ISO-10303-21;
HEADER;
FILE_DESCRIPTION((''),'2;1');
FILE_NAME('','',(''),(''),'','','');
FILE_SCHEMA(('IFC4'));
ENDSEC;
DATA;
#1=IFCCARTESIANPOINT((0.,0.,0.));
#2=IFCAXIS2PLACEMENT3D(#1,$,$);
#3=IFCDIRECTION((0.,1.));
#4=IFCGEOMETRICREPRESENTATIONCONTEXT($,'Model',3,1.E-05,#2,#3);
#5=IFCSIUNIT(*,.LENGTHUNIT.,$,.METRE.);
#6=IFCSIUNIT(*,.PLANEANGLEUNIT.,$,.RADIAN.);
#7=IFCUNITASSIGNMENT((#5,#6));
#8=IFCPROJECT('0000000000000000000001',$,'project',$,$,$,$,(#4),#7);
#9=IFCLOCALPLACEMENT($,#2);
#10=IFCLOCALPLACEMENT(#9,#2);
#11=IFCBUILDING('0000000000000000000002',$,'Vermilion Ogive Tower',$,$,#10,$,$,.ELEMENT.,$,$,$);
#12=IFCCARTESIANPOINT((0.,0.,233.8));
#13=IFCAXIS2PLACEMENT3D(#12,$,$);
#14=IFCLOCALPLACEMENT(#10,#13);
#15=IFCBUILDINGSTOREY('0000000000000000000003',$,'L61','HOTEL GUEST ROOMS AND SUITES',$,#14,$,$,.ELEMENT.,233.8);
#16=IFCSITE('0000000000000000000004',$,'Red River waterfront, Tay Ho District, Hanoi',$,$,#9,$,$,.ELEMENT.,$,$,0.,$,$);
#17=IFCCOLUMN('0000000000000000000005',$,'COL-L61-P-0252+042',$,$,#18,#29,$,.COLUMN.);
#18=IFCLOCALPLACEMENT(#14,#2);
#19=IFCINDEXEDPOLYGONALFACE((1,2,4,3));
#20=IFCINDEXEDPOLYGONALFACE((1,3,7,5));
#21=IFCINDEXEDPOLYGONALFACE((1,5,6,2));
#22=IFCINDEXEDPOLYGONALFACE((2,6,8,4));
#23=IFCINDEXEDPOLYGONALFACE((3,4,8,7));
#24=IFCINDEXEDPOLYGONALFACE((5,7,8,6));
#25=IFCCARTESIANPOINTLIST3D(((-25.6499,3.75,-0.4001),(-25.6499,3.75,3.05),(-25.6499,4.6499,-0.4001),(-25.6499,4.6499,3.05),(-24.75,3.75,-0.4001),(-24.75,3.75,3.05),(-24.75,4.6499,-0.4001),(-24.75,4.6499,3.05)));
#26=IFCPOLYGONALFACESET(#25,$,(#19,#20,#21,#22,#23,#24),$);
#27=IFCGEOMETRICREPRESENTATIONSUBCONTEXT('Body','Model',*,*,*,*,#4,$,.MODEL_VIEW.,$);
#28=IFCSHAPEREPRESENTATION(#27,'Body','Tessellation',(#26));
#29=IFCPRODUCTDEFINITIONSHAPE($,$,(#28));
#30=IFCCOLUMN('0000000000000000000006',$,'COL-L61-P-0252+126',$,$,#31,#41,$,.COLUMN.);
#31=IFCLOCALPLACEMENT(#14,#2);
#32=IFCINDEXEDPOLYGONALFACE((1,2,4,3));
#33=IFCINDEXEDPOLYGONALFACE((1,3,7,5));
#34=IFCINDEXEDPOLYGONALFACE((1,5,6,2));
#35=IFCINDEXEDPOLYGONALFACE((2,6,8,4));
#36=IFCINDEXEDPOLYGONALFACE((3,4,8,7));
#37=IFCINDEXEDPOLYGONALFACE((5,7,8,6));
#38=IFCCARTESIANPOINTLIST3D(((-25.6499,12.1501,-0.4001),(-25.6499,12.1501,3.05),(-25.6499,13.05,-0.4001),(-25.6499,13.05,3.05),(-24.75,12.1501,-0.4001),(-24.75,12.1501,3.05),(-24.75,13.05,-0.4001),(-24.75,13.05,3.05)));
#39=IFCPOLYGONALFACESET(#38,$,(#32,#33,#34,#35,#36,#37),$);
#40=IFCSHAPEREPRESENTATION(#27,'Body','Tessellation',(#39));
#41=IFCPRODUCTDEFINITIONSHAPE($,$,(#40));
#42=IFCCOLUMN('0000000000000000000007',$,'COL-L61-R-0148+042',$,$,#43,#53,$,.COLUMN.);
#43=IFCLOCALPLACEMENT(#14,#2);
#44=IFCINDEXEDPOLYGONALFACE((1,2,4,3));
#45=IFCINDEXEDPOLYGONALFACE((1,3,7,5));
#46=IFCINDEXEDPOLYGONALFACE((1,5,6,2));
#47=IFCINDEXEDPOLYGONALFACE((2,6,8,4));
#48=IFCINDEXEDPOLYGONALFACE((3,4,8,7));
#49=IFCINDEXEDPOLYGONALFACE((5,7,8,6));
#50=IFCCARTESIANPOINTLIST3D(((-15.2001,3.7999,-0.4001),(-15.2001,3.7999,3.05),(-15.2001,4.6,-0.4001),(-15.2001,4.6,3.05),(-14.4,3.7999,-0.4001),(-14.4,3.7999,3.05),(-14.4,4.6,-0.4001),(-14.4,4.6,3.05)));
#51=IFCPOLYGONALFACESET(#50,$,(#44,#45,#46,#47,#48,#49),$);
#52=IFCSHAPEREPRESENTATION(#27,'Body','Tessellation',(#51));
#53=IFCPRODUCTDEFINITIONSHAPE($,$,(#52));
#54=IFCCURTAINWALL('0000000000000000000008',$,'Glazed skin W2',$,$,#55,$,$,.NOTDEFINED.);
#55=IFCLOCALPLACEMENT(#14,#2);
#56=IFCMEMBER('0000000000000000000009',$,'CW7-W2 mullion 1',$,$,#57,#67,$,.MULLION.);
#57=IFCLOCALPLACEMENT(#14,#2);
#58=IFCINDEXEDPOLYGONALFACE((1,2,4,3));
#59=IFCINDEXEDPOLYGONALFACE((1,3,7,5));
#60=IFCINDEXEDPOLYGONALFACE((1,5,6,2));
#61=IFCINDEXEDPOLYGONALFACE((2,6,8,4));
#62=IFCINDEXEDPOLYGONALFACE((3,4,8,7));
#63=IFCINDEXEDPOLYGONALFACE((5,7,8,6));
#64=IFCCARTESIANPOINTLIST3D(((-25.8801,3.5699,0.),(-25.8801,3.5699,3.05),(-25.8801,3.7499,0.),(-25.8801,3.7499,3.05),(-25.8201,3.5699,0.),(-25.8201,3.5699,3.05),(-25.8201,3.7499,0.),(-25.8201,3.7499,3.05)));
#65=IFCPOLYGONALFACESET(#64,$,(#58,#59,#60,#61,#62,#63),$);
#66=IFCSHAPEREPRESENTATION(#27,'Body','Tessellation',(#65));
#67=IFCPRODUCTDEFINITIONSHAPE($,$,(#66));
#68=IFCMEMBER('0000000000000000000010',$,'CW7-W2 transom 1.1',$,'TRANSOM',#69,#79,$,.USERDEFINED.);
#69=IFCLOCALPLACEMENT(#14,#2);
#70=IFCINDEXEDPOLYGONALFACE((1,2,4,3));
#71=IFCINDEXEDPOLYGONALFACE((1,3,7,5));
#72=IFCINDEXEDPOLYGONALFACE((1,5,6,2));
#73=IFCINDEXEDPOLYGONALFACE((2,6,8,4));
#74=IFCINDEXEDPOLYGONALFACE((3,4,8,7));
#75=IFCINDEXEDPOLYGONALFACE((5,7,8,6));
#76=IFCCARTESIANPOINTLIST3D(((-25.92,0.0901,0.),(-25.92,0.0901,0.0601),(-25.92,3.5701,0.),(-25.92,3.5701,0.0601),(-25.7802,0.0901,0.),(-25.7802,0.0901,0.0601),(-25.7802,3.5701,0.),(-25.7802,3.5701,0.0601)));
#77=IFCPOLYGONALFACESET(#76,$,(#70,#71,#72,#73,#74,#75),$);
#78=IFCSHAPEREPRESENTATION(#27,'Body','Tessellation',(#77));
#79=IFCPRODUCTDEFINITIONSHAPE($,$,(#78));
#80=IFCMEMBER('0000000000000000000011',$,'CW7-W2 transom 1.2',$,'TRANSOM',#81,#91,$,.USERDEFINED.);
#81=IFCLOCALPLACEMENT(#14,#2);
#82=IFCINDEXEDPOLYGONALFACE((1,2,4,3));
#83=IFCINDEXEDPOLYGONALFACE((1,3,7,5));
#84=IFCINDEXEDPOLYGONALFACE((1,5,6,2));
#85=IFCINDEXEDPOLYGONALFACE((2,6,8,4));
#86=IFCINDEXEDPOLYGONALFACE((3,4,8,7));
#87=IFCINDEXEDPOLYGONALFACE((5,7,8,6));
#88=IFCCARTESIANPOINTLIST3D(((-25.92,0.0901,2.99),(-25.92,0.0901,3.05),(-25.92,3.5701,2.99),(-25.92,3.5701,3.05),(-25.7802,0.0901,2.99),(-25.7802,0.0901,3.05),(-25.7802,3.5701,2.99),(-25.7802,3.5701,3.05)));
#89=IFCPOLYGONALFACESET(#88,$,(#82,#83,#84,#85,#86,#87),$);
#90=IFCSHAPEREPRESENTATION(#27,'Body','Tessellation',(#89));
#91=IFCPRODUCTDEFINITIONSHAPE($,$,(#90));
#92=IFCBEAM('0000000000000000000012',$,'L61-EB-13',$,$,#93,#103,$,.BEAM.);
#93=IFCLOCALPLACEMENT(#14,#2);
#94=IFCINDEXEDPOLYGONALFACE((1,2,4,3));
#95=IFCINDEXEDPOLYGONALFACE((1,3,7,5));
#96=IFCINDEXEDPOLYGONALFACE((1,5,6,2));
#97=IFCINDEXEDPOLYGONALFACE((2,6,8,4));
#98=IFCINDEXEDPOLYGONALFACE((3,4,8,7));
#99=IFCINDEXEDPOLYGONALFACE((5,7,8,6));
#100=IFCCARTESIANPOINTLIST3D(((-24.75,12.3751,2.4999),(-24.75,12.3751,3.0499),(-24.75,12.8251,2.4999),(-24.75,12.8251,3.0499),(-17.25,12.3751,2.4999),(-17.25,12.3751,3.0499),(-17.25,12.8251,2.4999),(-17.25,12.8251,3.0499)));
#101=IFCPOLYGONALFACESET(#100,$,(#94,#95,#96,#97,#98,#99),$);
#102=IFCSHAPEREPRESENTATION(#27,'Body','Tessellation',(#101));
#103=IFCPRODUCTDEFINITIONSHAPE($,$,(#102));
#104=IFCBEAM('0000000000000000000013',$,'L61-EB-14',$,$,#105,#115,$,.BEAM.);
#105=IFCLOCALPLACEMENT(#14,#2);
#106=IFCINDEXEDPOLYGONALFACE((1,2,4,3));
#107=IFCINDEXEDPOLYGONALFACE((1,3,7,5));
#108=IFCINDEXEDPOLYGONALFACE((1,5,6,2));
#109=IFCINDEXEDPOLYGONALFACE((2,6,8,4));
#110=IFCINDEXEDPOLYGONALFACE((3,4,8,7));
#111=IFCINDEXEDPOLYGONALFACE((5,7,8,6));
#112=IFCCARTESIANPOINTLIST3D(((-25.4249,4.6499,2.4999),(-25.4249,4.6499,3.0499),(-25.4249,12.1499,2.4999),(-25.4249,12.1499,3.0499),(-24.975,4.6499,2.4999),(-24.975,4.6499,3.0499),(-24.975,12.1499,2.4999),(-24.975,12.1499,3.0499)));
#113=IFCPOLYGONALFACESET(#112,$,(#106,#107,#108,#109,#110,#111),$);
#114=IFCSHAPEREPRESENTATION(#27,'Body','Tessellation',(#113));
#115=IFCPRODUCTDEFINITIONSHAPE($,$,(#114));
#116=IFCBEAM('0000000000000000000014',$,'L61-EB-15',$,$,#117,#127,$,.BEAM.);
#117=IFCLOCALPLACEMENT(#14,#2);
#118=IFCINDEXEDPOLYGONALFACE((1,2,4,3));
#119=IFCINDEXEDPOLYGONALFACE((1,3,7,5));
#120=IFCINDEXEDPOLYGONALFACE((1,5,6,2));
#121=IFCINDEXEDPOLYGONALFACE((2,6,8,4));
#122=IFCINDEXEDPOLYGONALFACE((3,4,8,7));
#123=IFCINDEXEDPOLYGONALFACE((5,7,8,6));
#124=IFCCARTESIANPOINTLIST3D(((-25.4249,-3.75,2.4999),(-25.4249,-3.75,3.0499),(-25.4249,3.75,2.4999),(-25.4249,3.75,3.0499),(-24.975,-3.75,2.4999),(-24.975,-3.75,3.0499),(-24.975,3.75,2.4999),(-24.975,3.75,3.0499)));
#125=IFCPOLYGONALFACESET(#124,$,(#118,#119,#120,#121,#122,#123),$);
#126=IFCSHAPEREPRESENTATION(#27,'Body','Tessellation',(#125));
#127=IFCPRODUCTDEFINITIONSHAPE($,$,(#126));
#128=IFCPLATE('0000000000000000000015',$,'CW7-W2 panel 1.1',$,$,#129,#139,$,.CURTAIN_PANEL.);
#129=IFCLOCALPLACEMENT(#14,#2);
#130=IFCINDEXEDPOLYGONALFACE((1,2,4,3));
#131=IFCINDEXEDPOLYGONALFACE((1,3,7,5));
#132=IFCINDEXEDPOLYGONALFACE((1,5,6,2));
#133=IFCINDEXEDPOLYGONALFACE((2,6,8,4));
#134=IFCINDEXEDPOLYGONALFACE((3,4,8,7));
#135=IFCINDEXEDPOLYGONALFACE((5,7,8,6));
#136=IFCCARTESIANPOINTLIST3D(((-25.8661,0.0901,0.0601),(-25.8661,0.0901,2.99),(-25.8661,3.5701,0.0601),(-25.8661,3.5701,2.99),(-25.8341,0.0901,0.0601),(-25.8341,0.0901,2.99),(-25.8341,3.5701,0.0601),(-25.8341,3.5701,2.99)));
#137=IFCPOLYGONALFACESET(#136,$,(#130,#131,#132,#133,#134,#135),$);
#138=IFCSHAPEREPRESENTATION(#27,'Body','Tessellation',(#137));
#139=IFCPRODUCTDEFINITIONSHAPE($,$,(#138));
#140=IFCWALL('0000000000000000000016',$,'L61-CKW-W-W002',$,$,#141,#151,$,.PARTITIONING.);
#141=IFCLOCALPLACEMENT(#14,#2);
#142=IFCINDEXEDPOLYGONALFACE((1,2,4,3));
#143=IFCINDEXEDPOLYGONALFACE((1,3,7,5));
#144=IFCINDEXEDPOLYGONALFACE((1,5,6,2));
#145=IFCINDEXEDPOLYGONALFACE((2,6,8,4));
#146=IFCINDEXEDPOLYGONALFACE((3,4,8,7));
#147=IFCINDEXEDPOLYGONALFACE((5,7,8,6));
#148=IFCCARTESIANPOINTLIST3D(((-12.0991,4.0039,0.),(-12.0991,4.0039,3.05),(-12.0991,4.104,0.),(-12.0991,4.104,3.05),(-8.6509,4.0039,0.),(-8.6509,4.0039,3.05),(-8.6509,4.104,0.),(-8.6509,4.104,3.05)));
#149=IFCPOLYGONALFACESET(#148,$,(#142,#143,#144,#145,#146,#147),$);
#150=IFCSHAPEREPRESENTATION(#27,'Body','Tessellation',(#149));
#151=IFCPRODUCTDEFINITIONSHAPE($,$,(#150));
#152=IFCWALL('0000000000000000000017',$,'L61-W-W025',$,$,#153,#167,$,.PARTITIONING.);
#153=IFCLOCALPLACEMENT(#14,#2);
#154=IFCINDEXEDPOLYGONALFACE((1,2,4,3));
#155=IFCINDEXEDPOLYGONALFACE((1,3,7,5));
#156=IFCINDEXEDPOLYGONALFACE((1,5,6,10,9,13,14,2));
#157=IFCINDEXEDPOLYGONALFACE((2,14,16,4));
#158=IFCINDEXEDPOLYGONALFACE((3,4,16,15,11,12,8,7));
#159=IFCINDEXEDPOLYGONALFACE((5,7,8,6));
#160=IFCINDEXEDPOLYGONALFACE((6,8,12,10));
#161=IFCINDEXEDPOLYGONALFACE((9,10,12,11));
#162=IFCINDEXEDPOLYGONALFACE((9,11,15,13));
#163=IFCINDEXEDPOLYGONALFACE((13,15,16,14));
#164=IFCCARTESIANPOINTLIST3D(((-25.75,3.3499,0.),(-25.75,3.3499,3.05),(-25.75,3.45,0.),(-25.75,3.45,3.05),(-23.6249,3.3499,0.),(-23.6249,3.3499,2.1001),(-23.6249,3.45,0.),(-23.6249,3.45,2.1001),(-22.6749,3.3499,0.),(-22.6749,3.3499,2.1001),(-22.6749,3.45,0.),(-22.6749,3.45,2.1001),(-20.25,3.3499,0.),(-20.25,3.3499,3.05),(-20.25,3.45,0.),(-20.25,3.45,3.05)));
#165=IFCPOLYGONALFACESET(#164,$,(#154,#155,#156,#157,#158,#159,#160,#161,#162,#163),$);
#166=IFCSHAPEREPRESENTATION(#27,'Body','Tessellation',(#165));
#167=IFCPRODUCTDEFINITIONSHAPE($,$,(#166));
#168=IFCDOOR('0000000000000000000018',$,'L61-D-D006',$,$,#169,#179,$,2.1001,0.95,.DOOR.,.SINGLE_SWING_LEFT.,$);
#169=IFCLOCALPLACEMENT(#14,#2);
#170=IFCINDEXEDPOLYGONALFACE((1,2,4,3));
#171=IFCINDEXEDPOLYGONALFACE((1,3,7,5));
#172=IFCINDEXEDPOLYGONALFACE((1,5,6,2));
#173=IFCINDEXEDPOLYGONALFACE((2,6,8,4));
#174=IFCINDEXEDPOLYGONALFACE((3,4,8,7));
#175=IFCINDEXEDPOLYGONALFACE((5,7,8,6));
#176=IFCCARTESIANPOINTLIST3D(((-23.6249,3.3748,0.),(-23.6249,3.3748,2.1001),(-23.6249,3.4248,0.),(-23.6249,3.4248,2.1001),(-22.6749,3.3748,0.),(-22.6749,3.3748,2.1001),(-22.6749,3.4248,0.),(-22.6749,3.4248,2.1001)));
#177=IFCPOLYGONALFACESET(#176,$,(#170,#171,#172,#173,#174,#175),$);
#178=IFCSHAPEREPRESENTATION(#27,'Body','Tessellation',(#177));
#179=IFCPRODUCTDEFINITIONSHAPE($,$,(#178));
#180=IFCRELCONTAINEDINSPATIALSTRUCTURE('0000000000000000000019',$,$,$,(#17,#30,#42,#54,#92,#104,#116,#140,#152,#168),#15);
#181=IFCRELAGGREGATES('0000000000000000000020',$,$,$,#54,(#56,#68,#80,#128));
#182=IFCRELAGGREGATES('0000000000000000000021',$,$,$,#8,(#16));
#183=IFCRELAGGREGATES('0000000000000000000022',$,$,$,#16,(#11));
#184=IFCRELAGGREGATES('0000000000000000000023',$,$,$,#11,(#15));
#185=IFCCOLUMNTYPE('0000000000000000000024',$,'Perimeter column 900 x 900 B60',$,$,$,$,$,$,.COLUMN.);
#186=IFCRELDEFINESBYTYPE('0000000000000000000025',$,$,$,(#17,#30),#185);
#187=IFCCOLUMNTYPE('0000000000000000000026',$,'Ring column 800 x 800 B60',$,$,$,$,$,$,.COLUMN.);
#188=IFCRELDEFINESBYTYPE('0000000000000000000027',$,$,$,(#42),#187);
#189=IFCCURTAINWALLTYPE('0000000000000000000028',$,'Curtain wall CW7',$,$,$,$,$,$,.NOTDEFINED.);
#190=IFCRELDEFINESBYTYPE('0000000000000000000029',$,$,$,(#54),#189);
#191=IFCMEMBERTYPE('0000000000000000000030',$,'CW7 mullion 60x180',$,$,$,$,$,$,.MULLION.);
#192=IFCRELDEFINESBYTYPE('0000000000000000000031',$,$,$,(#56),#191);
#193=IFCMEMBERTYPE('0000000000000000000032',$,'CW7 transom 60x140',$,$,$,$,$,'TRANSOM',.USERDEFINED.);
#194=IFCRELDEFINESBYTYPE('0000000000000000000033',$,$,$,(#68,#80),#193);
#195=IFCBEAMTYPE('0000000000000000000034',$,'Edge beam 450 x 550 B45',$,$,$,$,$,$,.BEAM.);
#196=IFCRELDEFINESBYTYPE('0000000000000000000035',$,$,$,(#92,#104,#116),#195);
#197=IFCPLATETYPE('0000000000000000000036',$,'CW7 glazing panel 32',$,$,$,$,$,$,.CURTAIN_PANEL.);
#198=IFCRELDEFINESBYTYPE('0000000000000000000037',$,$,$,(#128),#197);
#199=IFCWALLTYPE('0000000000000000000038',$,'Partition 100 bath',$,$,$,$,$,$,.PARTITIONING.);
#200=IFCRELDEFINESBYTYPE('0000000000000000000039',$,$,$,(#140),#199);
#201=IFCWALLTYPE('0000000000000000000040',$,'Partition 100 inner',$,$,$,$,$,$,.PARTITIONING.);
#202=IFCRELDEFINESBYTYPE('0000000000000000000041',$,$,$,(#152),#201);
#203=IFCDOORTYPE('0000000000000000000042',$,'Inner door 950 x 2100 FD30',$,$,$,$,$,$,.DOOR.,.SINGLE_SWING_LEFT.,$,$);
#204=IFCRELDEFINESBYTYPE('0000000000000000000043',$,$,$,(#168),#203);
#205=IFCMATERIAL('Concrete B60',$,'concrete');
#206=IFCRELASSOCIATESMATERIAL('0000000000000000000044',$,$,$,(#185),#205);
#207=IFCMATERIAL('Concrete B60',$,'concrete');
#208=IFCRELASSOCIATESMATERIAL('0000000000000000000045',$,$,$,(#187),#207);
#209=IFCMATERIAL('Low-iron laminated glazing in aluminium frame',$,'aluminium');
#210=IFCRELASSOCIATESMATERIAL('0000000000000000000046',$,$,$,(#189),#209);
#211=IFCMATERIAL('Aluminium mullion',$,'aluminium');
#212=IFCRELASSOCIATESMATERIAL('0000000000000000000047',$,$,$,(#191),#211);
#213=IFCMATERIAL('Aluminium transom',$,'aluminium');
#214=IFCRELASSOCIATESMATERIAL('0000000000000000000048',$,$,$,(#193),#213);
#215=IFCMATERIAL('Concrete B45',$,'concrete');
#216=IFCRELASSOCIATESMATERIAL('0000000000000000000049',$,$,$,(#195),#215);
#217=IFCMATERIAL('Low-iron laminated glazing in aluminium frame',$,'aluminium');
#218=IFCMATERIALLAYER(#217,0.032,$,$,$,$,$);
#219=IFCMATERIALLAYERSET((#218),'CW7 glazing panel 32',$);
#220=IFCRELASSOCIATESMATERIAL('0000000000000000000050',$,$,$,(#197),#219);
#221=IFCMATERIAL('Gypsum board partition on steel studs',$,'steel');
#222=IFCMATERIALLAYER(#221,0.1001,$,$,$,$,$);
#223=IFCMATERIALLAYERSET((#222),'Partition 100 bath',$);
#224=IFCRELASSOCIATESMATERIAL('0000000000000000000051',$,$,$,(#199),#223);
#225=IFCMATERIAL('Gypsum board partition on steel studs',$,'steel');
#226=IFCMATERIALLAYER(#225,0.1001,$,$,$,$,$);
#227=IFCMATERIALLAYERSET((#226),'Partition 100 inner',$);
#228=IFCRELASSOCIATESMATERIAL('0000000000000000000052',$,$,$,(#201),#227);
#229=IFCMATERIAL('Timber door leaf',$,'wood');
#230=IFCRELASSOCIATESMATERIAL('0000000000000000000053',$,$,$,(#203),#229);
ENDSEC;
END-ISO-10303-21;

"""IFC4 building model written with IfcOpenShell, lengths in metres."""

from ifc_helpers import new_model, si_unit, direction, frame, frame_2d, origin, origin_2d, place, context, subcontext, project, spatial, rectangle, extrude, material, layer, layer_set, material_profile, profile_set, type_object, element, fill, aggregate, save


model = new_model("IFC4")

# Units and contexts
model_context = context("Model", 3, precision=1e-05, world=origin(), true_north=direction((0.0, 1.0)))
body_context = subcontext(model_context, "Body", "Model", "MODEL_VIEW")
ifc_project = project(units=[si_unit("LENGTHUNIT", "METRE"), si_unit("PLANEANGLEUNIT", "RADIAN")], contexts=[model_context])

# Site, building, storey
site_placement = place(None, origin())
site = spatial("IfcSite", under=ifc_project, at=site_placement, Name="Red River waterfront, Tay Ho District, Hanoi", CompositionType="ELEMENT", RefElevation=0.0)
building_placement = place(site_placement, origin())
building = spatial("IfcBuilding", under=site, at=building_placement, Name="Vermilion Ogive Tower", CompositionType="ELEMENT")
storey_placement = place(building_placement, frame((0.0, 0.0, 233.8)))
storey = spatial("IfcBuildingStorey", under=building, at=storey_placement, Name="L61", Description="HOTEL GUEST ROOMS AND SUITES", CompositionType="ELEMENT", Elevation=233.8)

# Columns
ifc_material_1 = material(Name="Concrete B60", Category="concrete")
ifc_material_profile_1 = material_profile(ifc_material_1, rectangle(XDim=0.8999, YDim=0.8999, at=origin_2d()), Name="900 x 900")
ifc_profile_set_1 = profile_set([ifc_material_profile_1], Name="Concrete B60")
column_type_1 = type_object("IfcColumnType", Name="Perimeter column 900 x 900 B60", PredefinedType="COLUMN", material=ifc_profile_set_1)
for number, where, z_axis, x_axis, name in (
    (1, (-25.2, 4.2, -0.4001), (0.0, 0.0, 1.0), (1.0, 0.0, 0.0), "COL-L61-P-0252+042"),
    (2, (-25.2, 12.6001, -0.4001), (0.0, 0.0, 1.0), (1.0, 0.0, 0.0), "COL-L61-P-0252+126"),
):
    element("IfcColumn", number, at=place(storey_placement, frame(where, z_axis=z_axis, x_axis=x_axis)), inside=storey, type_object=column_type_1, Name=name, PredefinedType="COLUMN", context=body_context, shape_type="SweptSolid", body=[
        extrude(rectangle(XDim=0.8999, YDim=0.8999, at=origin_2d()), origin(), (0.0, 0.0, 1.0), 3.4502),
    ])
ifc_material_2 = material(Name="Concrete B60", Category="concrete")
ifc_material_profile_2 = material_profile(ifc_material_2, rectangle(XDim=0.8, YDim=0.8, at=origin_2d()), Name="800 x 800")
ifc_profile_set_2 = profile_set([ifc_material_profile_2], Name="Concrete B60")
column_type_2 = type_object("IfcColumnType", Name="Ring column 800 x 800 B60", PredefinedType="COLUMN", material=ifc_profile_set_2)
column_placement = place(storey_placement, frame((-14.8, 4.2, -0.4001), z_axis=(0.0, 0.0, 1.0), x_axis=(1.0, 0.0, 0.0)))
element("IfcColumn", 3, at=column_placement, inside=storey, type_object=column_type_2, Name="COL-L61-R-0148+042", PredefinedType="COLUMN", context=body_context, shape_type="SweptSolid", body=[
    extrude(rectangle(XDim=0.8, YDim=0.8, at=origin_2d()), origin(), (0.0, 0.0, 1.0), 3.4502),
])

# Curtain wall, members
ifc_material_3 = material(Name="Low-iron laminated glazing in aluminium frame", Category="aluminium")
curtain_wall_type = type_object("IfcCurtainWallType", Name="Curtain wall CW7", PredefinedType="NOTDEFINED", material=ifc_material_3)
curtain_wall_placement = place(storey_placement, origin())
curtain_wall = element("IfcCurtainWall", 4, at=curtain_wall_placement, inside=storey, type_object=curtain_wall_type, Name="Glazed skin W2", PredefinedType="NOTDEFINED")
ifc_material_4 = material(Name="Aluminium mullion", Category="aluminium")
ifc_material_profile_3 = material_profile(ifc_material_4, rectangle(XDim=0.0601, YDim=0.1799, at=origin_2d()), Name="AL 60x180")
ifc_profile_set_3 = profile_set([ifc_material_profile_3], Name="Aluminium mullion")
member_type_1 = type_object("IfcMemberType", Name="CW7 mullion 60x180", PredefinedType="MULLION", material=ifc_profile_set_3)
member_1_placement = place(storey_placement, frame((-25.8501, 3.6599, 0.0), z_axis=(0.0, 0.0, 1.0), x_axis=(1.0, 0.0, 0.0)))
member_1 = element("IfcMember", 5, at=member_1_placement, type_object=member_type_1, Name="CW7-W2 mullion 1", PredefinedType="MULLION", context=body_context, shape_type="SweptSolid", body=[
    extrude(rectangle(XDim=0.0601, YDim=0.1799, at=origin_2d()), origin(), (0.0, 0.0, 1.0), 3.05),
])
ifc_material_5 = material(Name="Aluminium transom", Category="aluminium")
ifc_material_profile_4 = material_profile(ifc_material_5, rectangle(XDim=0.1399, YDim=0.0601, at=origin_2d()), Name="AL 60x140")
ifc_profile_set_4 = profile_set([ifc_material_profile_4], Name="Aluminium transom")
member_type_2 = type_object("IfcMemberType", Name="CW7 transom 60x140", ElementType="TRANSOM", PredefinedType="USERDEFINED", material=ifc_profile_set_4)
member_2_placement = place(storey_placement, frame((-25.8501, 3.5701, 0.03), z_axis=(0.0, -1.0, 0.0), x_axis=(1.0, 0.0, 0.0)))
member_2 = element("IfcMember", 6, at=member_2_placement, type_object=member_type_2, Name="CW7-W2 transom 1.1", ObjectType="TRANSOM", PredefinedType="USERDEFINED", context=body_context, shape_type="SweptSolid", body=[
    extrude(rectangle(XDim=0.1399, YDim=0.0601, at=origin_2d()), origin(), (0.0, 0.0, 1.0), 3.48),
])
member_3_placement = place(storey_placement, frame((-25.8501, 3.5701, 3.02), z_axis=(0.0, -1.0, 0.0), x_axis=(1.0, 0.0, 0.0)))
member_3 = element("IfcMember", 7, at=member_3_placement, type_object=member_type_2, Name="CW7-W2 transom 1.2", ObjectType="TRANSOM", PredefinedType="USERDEFINED", context=body_context, shape_type="SweptSolid", body=[
    extrude(rectangle(XDim=0.1399, YDim=0.0601, at=origin_2d()), origin(), (0.0, 0.0, 1.0), 3.48),
])

# Beams
ifc_material_6 = material(Name="Concrete B45", Category="concrete")
ifc_material_profile_5 = material_profile(ifc_material_6, rectangle(XDim=0.45, YDim=0.55, at=origin_2d()), Name="450 x 550")
ifc_profile_set_5 = profile_set([ifc_material_profile_5], Name="Concrete B45")
beam_type = type_object("IfcBeamType", Name="Edge beam 450 x 550 B45", PredefinedType="BEAM", material=ifc_profile_set_5)
for number, where, z_axis, x_axis, name in (
    (8, (-17.25, 12.6001, 2.7749), (-1.0, 0.0, 0.0), (0.0, -1.0, 0.0), "L61-EB-13"),
    (9, (-25.2, 12.1499, 2.7749), (0.0, -1.0, 0.0), (1.0, 0.0, 0.0), "L61-EB-14"),
    (10, (-25.2, 3.75, 2.7749), (0.0, -1.0, 0.0), (1.0, 0.0, 0.0), "L61-EB-15"),
):
    element("IfcBeam", number, at=place(storey_placement, frame(where, z_axis=z_axis, x_axis=x_axis)), inside=storey, type_object=beam_type, Name=name, PredefinedType="BEAM", context=body_context, shape_type="SweptSolid", body=[
        extrude(rectangle(XDim=0.45, YDim=0.55, at=origin_2d()), origin(), (0.0, 0.0, 1.0), 7.5),
    ])

# Plate
ifc_material_7 = material(Name="Low-iron laminated glazing in aluminium frame", Category="aluminium")
ifc_layer_1 = layer(ifc_material_7, 0.032)
ifc_layer_set_1 = layer_set([ifc_layer_1], Name="CW7 glazing panel 32")
plate_type = type_object("IfcPlateType", Name="CW7 glazing panel 32", PredefinedType="CURTAIN_PANEL", material=ifc_layer_set_1)
plate_placement = place(storey_placement, frame((-25.8501, 1.8301, 0.0601), z_axis=(0.0, 0.0, 1.0), x_axis=(0.0, -1.0, 0.0)))
plate = element("IfcPlate", 11, at=plate_placement, type_object=plate_type, Name="CW7-W2 panel 1.1", PredefinedType="CURTAIN_PANEL", context=body_context, shape_type="SweptSolid", body=[
    extrude(rectangle(XDim=3.48, YDim=0.032, at=origin_2d()), origin(), (0.0, 0.0, 1.0), 2.9299),
])
aggregate(curtain_wall, [member_1, member_2, member_3, plate])

# Wall
ifc_material_8 = material(Name="Gypsum board partition on steel studs", Category="steel")
ifc_layer_2 = layer(ifc_material_8, 0.1001)
ifc_layer_set_2 = layer_set([ifc_layer_2], Name="Partition 100 bath")
wall_type_1 = type_object("IfcWallType", Name="Partition 100 bath", PredefinedType="PARTITIONING", material=ifc_layer_set_2)
wall_1_placement = place(storey_placement, frame((-12.0991, 4.054, 0.0), z_axis=(0.0, 0.0, 1.0), x_axis=(1.0, 0.0, 0.0)))
element("IfcWall", 12, at=wall_1_placement, inside=storey, type_object=wall_type_1, Name="L61-CKW-W-W002", PredefinedType="PARTITIONING", context=body_context, shape_type="SweptSolid", body=[
    extrude(rectangle(XDim=3.4482, YDim=0.1001, at=frame_2d((1.7241, 0.0))), origin(), (0.0, 0.0, 1.0), 3.05),
])

# Wall, opening, door
ifc_material_9 = material(Name="Gypsum board partition on steel studs", Category="steel")
ifc_layer_3 = layer(ifc_material_9, 0.1001)
ifc_layer_set_3 = layer_set([ifc_layer_3], Name="Partition 100 inner")
wall_type_2 = type_object("IfcWallType", Name="Partition 100 inner", PredefinedType="PARTITIONING", material=ifc_layer_set_3)
wall_2_placement = place(storey_placement, frame((-25.75, 3.3999, 0.0), z_axis=(0.0, 0.0, 1.0), x_axis=(1.0, 0.0, 0.0)))
wall_2 = element("IfcWall", 13, at=wall_2_placement, inside=storey, type_object=wall_type_2, Name="L61-W-W025", PredefinedType="PARTITIONING", context=body_context, shape_type="SweptSolid", body=[
    extrude(rectangle(XDim=5.5, YDim=0.1001, at=frame_2d((2.75, 0.0))), origin(), (0.0, 0.0, 1.0), 3.05),
])
opening_1_placement = place(wall_2_placement, frame((2.125, 0.0, 0.0)))
opening_1 = element("IfcOpeningElement", 14, at=opening_1_placement, cuts=wall_2, PredefinedType="OPENING", context=body_context, shape_type="SweptSolid", body=[
    extrude(rectangle(XDim=0.95, YDim=2.1001, at=frame_2d((0.4751, 1.05))), frame((0.0, 0.0601, 0.0), z_axis=(0.0, -1.0, 0.0), x_axis=(1.0, 0.0, 0.0)), (0.0, 0.0, 1.0), 0.1201),
])
ifc_material_10 = material(Name="Timber door leaf", Category="wood")
door_type_1 = type_object("IfcDoorType", Name="Inner door 950 x 2100 FD30", OperationType="SINGLE_SWING_LEFT", PredefinedType="DOOR", material=ifc_material_10)
door_1_placement = place(opening_1_placement, origin())
door_1 = element("IfcDoor", 15, at=door_1_placement, inside=storey, type_object=door_type_1, Name="L61-D-D006", OperationType="SINGLE_SWING_LEFT", OverallHeight=2.1001, OverallWidth=0.95, PredefinedType="DOOR", context=body_context, shape_type="SweptSolid", body=[
    extrude(rectangle(XDim=0.95, YDim=2.1001, at=frame_2d((0.4751, 1.05))), frame((0.0, 0.0249, 0.0), z_axis=(0.0, -1.0, 0.0), x_axis=(1.0, 0.0, 0.0)), (0.0, 0.0, 1.0), 0.05),
])
fill(opening_1, door_1)

save(model, "model.ifc")
